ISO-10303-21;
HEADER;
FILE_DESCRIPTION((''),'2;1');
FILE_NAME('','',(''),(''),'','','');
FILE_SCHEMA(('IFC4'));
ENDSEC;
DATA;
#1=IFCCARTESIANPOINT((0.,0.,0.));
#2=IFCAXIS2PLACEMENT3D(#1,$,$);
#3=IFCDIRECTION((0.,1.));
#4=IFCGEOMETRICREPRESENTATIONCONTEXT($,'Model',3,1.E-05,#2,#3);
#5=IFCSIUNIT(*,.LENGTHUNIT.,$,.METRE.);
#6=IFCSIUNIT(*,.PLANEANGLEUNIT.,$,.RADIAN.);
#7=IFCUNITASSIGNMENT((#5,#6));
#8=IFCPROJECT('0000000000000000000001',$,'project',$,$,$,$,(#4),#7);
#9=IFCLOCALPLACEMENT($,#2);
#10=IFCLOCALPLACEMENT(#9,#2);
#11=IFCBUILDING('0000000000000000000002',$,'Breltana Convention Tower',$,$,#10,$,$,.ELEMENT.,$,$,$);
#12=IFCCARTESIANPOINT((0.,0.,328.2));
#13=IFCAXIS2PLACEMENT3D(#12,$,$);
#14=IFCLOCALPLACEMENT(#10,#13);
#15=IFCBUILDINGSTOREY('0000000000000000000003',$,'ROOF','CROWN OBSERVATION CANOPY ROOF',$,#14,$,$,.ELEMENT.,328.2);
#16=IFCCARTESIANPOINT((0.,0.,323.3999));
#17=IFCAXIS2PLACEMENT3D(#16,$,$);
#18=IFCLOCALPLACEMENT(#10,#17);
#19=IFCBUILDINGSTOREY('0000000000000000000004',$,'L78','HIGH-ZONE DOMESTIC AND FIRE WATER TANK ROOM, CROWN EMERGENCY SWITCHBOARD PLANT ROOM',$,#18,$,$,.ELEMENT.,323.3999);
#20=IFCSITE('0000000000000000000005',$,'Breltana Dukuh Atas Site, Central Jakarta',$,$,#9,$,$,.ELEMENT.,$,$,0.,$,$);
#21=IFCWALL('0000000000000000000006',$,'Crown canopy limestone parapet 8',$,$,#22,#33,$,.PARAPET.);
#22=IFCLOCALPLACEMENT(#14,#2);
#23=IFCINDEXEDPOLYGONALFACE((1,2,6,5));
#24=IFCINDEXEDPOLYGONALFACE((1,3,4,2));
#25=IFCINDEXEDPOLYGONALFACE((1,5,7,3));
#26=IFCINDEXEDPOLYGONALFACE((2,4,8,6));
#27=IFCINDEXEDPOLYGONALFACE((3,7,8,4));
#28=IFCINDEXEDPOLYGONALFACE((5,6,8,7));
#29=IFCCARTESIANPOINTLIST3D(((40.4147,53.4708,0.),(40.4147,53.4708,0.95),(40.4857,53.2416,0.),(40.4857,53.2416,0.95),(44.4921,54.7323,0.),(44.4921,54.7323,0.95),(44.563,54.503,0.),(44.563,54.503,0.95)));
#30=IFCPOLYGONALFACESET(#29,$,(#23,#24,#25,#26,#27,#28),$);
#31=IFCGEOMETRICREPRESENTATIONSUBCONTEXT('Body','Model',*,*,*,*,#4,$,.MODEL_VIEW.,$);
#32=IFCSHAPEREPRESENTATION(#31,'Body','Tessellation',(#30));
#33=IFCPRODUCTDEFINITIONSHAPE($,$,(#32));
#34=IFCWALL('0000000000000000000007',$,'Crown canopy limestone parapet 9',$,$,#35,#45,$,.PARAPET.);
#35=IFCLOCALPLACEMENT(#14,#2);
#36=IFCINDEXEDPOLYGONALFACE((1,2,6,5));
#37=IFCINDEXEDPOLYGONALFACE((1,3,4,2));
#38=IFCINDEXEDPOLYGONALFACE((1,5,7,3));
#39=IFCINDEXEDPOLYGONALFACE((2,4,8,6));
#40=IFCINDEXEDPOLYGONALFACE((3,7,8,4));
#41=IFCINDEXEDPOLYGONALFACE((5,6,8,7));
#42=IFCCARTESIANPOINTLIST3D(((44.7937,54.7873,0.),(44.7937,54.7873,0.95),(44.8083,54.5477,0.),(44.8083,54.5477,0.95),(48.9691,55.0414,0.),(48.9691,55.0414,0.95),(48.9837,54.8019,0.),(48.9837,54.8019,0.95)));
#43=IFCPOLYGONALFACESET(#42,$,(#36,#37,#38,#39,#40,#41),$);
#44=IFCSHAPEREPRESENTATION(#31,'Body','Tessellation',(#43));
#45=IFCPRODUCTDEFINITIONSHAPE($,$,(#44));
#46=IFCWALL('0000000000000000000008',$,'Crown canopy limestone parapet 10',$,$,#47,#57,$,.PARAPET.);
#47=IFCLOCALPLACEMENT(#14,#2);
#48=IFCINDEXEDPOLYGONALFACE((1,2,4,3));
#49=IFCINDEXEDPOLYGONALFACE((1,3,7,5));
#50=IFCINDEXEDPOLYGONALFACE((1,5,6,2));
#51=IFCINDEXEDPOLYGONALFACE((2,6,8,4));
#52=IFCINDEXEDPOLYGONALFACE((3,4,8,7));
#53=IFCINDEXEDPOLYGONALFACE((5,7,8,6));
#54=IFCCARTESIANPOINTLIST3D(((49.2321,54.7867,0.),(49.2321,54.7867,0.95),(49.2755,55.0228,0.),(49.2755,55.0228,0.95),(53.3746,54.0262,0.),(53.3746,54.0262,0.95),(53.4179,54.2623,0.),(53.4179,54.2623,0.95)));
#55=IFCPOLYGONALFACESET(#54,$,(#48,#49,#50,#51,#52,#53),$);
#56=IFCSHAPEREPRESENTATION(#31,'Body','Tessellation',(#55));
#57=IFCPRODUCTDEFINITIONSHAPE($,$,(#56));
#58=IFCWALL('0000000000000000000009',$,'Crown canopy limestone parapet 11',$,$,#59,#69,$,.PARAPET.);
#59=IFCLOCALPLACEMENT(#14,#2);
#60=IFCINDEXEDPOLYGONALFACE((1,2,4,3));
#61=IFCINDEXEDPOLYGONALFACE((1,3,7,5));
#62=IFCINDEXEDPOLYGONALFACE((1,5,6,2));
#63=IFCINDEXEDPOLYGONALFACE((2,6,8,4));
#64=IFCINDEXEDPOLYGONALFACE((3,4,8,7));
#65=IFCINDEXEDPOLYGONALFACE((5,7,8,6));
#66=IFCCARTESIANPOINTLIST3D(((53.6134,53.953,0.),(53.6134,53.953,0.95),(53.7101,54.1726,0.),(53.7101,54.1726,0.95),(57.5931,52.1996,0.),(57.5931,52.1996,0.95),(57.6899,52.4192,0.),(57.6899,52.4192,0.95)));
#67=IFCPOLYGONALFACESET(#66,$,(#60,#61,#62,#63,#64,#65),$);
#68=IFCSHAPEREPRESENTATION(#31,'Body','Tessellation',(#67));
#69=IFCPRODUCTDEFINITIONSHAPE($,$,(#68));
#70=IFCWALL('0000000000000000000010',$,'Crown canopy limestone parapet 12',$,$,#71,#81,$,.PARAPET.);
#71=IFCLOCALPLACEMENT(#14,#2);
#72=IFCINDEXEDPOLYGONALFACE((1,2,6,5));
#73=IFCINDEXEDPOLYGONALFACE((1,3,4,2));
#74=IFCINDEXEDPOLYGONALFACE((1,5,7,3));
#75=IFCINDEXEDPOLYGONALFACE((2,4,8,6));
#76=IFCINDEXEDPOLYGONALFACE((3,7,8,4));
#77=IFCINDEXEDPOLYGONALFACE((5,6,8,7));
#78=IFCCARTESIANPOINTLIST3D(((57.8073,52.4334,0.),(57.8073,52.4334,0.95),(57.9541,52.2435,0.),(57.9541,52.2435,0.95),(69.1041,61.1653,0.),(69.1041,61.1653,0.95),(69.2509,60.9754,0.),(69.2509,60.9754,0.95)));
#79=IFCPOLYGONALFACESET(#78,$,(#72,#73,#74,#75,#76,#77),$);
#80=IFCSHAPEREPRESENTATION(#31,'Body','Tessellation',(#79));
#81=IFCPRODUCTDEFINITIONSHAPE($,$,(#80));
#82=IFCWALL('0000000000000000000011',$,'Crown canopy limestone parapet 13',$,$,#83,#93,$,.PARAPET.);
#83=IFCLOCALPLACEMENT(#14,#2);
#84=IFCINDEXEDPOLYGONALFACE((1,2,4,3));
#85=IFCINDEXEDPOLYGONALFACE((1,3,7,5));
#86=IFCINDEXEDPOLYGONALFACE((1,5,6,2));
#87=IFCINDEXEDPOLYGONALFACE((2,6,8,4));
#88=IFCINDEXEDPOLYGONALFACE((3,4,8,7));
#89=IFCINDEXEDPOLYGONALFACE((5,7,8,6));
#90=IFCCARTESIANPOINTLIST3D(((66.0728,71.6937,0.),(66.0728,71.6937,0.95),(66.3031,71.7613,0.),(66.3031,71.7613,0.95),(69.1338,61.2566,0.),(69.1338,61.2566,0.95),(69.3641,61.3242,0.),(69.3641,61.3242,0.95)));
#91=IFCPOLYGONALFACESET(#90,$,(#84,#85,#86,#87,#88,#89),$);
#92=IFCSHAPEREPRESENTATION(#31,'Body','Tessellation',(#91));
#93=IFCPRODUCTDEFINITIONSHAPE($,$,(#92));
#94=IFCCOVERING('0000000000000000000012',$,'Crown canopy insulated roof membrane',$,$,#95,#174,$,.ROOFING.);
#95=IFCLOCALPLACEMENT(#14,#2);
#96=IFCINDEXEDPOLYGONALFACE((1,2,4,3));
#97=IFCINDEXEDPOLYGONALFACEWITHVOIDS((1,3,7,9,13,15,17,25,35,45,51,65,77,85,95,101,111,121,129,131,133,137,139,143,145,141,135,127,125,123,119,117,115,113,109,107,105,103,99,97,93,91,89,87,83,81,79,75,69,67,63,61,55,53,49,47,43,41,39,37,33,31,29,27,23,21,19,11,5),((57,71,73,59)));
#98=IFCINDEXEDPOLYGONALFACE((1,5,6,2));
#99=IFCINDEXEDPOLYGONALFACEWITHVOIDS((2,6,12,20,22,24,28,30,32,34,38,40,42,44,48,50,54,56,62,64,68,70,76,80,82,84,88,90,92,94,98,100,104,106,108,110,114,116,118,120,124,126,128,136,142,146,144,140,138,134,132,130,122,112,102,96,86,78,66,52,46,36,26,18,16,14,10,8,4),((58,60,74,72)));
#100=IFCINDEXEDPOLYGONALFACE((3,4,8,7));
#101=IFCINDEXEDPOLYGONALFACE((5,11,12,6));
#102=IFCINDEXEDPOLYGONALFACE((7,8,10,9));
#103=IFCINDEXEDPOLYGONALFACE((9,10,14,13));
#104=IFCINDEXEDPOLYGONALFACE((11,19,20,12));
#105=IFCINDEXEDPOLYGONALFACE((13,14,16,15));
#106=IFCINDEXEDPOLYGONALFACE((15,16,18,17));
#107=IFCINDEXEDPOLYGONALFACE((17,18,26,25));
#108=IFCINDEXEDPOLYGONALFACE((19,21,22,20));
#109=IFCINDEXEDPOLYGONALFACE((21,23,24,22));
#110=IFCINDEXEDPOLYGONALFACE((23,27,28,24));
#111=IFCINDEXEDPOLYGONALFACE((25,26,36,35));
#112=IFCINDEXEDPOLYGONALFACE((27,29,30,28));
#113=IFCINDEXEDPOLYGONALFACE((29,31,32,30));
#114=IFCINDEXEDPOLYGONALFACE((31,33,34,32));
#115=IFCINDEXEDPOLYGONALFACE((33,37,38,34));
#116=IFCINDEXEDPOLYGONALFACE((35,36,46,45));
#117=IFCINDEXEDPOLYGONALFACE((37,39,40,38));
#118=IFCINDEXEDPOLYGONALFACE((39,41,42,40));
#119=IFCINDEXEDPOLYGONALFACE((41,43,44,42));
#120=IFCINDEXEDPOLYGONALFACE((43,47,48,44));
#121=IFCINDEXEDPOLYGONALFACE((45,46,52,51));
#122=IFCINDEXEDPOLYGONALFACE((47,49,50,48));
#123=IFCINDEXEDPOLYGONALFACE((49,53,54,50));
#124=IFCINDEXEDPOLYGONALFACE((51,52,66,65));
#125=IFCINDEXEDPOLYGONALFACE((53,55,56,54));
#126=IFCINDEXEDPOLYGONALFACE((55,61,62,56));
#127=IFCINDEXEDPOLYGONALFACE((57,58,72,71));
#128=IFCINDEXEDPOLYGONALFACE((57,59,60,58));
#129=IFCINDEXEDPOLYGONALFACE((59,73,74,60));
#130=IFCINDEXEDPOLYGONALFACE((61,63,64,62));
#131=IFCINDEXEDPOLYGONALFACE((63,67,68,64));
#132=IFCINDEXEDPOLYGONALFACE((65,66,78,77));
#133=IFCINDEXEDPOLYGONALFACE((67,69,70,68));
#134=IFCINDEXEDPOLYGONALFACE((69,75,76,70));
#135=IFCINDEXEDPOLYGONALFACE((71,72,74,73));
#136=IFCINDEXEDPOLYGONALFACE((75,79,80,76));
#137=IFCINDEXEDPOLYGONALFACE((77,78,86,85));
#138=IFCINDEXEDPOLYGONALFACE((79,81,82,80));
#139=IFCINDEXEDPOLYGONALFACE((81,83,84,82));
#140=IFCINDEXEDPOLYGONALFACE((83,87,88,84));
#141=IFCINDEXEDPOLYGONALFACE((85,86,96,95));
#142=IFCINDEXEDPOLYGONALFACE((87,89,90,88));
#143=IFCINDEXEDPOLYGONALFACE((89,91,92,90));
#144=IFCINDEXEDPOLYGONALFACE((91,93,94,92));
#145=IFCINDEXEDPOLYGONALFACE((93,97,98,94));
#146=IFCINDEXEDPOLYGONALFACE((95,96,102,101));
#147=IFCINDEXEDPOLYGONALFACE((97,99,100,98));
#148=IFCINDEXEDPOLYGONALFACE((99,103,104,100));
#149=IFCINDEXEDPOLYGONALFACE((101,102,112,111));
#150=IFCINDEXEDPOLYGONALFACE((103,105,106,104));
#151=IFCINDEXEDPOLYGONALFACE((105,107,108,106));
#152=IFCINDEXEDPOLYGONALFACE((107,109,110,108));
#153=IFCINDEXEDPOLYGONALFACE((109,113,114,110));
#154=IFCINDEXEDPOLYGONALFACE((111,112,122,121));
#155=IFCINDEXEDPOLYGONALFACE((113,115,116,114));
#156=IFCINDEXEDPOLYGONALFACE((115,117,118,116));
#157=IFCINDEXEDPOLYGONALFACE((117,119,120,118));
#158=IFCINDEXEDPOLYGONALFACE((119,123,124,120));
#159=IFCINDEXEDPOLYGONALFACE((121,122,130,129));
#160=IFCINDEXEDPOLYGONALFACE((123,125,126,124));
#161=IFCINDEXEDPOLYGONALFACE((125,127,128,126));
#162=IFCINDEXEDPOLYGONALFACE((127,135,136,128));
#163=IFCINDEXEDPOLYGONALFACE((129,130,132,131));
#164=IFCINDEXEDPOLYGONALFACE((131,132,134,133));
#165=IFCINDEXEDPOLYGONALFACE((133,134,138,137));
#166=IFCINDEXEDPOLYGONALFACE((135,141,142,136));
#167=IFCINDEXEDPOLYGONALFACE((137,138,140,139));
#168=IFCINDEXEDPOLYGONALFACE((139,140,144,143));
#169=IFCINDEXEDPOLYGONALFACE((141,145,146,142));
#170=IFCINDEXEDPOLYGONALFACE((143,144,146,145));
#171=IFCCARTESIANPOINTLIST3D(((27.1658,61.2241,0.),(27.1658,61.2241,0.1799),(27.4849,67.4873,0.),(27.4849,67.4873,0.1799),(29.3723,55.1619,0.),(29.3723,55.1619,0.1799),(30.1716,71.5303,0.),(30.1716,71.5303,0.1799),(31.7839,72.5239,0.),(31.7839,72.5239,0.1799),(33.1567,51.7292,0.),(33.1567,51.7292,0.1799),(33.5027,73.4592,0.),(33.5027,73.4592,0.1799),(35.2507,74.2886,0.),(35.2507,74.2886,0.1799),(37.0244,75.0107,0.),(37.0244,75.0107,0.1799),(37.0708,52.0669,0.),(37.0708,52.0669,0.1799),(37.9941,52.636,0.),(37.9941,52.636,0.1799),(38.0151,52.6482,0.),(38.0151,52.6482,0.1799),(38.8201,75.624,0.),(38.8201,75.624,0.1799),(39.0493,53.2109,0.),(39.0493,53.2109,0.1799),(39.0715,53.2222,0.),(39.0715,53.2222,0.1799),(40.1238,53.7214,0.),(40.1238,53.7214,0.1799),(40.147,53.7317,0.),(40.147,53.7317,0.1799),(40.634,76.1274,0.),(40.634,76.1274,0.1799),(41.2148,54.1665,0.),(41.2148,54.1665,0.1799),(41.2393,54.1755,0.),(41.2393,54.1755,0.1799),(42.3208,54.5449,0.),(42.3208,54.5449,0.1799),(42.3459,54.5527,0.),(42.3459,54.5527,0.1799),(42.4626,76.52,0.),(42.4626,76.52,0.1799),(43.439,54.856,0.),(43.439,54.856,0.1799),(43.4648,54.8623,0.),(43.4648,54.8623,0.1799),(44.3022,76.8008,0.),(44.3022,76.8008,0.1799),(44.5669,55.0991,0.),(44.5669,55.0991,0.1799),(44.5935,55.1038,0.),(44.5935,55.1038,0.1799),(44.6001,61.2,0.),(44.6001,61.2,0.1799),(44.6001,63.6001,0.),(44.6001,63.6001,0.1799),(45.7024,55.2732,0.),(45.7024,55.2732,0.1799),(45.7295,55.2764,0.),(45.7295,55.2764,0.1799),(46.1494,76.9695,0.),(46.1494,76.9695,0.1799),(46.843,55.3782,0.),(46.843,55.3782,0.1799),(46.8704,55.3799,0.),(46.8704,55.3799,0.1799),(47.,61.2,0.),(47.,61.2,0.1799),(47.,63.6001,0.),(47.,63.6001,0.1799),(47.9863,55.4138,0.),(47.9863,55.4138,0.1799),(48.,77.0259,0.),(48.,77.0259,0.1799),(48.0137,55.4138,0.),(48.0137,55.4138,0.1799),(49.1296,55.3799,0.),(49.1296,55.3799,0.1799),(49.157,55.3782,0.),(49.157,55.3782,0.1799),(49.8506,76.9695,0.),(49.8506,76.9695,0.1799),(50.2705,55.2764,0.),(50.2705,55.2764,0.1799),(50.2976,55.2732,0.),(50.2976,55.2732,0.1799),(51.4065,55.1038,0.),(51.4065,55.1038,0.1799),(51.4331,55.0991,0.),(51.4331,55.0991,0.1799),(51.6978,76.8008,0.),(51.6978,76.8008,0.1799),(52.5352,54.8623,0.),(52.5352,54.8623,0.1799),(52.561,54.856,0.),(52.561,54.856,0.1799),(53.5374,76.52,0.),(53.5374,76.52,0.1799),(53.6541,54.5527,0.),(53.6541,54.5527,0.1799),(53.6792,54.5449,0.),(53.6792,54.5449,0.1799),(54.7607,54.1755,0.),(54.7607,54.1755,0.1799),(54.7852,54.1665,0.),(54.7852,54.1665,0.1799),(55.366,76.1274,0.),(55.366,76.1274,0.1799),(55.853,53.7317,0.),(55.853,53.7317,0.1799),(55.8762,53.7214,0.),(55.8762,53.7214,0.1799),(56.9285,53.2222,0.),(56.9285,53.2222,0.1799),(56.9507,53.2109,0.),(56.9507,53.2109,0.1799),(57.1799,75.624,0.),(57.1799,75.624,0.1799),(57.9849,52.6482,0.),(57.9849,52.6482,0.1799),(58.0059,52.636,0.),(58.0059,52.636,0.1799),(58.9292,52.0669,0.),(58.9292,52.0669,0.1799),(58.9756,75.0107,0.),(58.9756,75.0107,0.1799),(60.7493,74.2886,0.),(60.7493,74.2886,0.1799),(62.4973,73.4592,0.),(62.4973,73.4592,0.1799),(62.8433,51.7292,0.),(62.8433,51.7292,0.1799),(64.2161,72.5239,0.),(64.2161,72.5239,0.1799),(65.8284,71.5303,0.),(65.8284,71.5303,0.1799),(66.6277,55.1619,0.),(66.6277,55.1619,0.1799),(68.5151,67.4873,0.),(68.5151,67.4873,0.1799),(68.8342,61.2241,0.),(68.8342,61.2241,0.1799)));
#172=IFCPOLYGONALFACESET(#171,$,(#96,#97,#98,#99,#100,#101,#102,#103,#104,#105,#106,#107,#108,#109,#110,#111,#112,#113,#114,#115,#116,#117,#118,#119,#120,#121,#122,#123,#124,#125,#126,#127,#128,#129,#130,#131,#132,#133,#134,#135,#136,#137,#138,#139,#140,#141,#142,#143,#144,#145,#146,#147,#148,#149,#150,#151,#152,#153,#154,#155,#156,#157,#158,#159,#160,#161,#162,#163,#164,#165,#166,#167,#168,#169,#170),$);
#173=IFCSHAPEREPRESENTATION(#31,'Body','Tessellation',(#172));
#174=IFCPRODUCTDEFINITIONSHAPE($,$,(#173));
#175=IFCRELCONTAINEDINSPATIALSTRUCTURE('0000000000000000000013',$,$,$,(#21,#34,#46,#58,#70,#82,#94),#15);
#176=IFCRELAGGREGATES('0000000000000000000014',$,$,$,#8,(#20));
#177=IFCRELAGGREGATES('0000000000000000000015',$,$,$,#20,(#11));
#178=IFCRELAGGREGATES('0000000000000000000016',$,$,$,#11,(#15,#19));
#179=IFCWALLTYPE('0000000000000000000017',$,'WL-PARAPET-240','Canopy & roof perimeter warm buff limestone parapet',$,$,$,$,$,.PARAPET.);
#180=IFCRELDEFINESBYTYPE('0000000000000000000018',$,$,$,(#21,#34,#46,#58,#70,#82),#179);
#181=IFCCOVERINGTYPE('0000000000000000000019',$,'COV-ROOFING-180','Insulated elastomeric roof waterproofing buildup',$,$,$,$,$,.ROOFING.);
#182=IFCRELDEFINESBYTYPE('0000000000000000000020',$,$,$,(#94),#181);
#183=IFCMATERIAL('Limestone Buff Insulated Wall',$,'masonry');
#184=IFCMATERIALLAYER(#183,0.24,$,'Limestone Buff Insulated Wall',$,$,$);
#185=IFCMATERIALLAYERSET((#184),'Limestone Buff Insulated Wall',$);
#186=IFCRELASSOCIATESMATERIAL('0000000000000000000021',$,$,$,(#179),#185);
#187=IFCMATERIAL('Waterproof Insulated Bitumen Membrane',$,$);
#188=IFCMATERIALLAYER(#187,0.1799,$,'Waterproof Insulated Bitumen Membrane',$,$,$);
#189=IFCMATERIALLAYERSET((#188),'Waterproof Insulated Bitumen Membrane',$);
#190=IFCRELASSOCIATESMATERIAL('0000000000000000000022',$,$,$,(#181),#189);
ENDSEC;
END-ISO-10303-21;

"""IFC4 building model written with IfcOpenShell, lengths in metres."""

from ifc_helpers import new_model, si_unit, direction, frame, frame_2d, origin, place, context, subcontext, project, spatial, polyline, rectangle, outline, extrude, source, transform, mapped, material, layer, layer_set, type_object, element, save


model = new_model("IFC4")

# Units and contexts
model_context = context("Model", 3, precision=1e-05, world=origin(), true_north=direction((0.0, 1.0)))
body_context = subcontext(model_context, "Body", "Model", "MODEL_VIEW")
ifc_project = project(units=[si_unit("LENGTHUNIT", "METRE"), si_unit("PLANEANGLEUNIT", "RADIAN")], contexts=[model_context])

# Site, building, storey
site_placement = place(None, origin())
site = spatial("IfcSite", under=ifc_project, at=site_placement, Name="Breltana Dukuh Atas Site, Central Jakarta", CompositionType="ELEMENT", RefElevation=0.0)
building_placement = place(site_placement, origin())
building = spatial("IfcBuilding", under=site, at=building_placement, Name="Breltana Convention Tower", CompositionType="ELEMENT")
storey_1_placement = place(building_placement, frame((0.0, 0.0, 328.2)))
storey_1 = spatial("IfcBuildingStorey", under=building, at=storey_1_placement, Name="ROOF", Description="CROWN OBSERVATION CANOPY ROOF", CompositionType="ELEMENT", Elevation=328.2)

# Shared definitions
storey_2_placement = place(building_placement, frame((0.0, 0.0, 323.3999)))
storey_2 = spatial("IfcBuildingStorey", under=building, at=storey_2_placement, Name="L78", Description="HIGH-ZONE DOMESTIC AND FIRE WATER TANK ROOM, CROWN EMERGENCY SWITCHBOARD PLANT ROOM", CompositionType="ELEMENT", Elevation=323.3999)

# Walls
ifc_material_1 = material(Name="Limestone Buff Insulated Wall", Category="masonry")
ifc_layer_1 = layer(ifc_material_1, 0.24, Name="Limestone Buff Insulated Wall")
ifc_layer_set_1 = layer_set([ifc_layer_1], Name="Limestone Buff Insulated Wall")
wall_type = type_object("IfcWallType", Name="WL-PARAPET-240", Description="Canopy & roof perimeter warm buff limestone parapet", PredefinedType="PARAPET", material=ifc_layer_set_1)
shared_shape_1 = source(origin(), body_context, "Body", "SweptSolid", [
    extrude(rectangle(XDim=4.2681, YDim=0.24, at=frame_2d((2.134, 0.0))), origin(), (0.0, 0.0, 1.0), 0.95),
])
wall_1_placement = place(storey_1_placement, frame((40.4502, 53.3562, 0.0), z_axis=(0.0, 0.0, 1.0), x_axis=(0.955324, 0.295561, 0.0)))
element("IfcWall", 1, at=wall_1_placement, inside=storey_1, type_object=wall_type, Name="Crown canopy limestone parapet 8", PredefinedType="PARAPET", context=body_context, shape_type="MappedRepresentation", body=[
    mapped(shared_shape_1, transform((0.0, 0.0, 0.0), scale=1.0)),
])
shared_shape_2 = source(origin(), body_context, "Body", "SweptSolid", [
    extrude(rectangle(XDim=4.1831, YDim=0.24, at=frame_2d((2.0916, 0.0))), origin(), (0.0, 0.0, 1.0), 0.95),
])
wall_2_placement = place(storey_1_placement, frame((44.801, 54.6675, 0.0), z_axis=(0.0, 0.0, 1.0), x_axis=(0.998153, 0.060758, 0.0)))
element("IfcWall", 2, at=wall_2_placement, inside=storey_1, type_object=wall_type, Name="Crown canopy limestone parapet 9", PredefinedType="PARAPET", context=body_context, shape_type="MappedRepresentation", body=[
    mapped(shared_shape_2, transform((0.0, 0.0, 0.0), scale=1.0)),
])
shared_shape_3 = source(origin(), body_context, "Body", "SweptSolid", [
    extrude(rectangle(XDim=4.2117, YDim=0.24, at=frame_2d((2.106, 0.0))), origin(), (0.0, 0.0, 1.0), 0.95),
])
wall_3_placement = place(storey_1_placement, frame((49.2537, 54.9048, 0.0), z_axis=(0.0, 0.0, 1.0), x_axis=(0.983561, -0.180574, 0.0)))
element("IfcWall", 3, at=wall_3_placement, inside=storey_1, type_object=wall_type, Name="Crown canopy limestone parapet 10", PredefinedType="PARAPET", context=body_context, shape_type="MappedRepresentation", body=[
    mapped(shared_shape_3, transform((0.0, 0.0, 0.0), scale=1.0)),
])
shared_shape_4 = source(origin(), body_context, "Body", "SweptSolid", [
    extrude(rectangle(XDim=4.3489, YDim=0.24, at=frame_2d((2.1743, 0.0))), origin(), (0.0, 0.0, 1.0), 0.95),
])
wall_4_placement = place(storey_1_placement, frame((53.6619, 54.0627, 0.0), z_axis=(0.0, 0.0, 1.0), x_axis=(0.915117, -0.403188, 0.0)))
element("IfcWall", 4, at=wall_4_placement, inside=storey_1, type_object=wall_type, Name="Crown canopy limestone parapet 11", PredefinedType="PARAPET", context=body_context, shape_type="MappedRepresentation", body=[
    mapped(shared_shape_4, transform((0.0, 0.0, 0.0), scale=1.0)),
])
shared_shape_5 = source(origin(), body_context, "Body", "SweptSolid", [
    extrude(rectangle(XDim=14.2781, YDim=0.24, at=frame_2d((7.1392, 0.0))), origin(), (0.0, 0.0, 1.0), 0.95),
])
wall_5_placement = place(storey_1_placement, frame((57.8806, 52.3384, 0.0), z_axis=(0.0, 0.0, 1.0), x_axis=(0.791199, 0.611558, 0.0)))
element("IfcWall", 5, at=wall_5_placement, inside=storey_1, type_object=wall_type, Name="Crown canopy limestone parapet 12", PredefinedType="PARAPET", context=body_context, shape_type="MappedRepresentation", body=[
    mapped(shared_shape_5, transform((0.0, 0.0, 0.0), scale=1.0)),
])
shared_shape_6 = source(origin(), body_context, "Body", "SweptSolid", [
    extrude(rectangle(XDim=10.8767, YDim=0.24, at=frame_2d((5.4385, 0.0))), origin(), (0.0, 0.0, 1.0), 0.95),
])
wall_6_placement = place(storey_1_placement, frame((69.249, 61.2903, 0.0), z_axis=(0.0, 0.0, 1.0), x_axis=(-0.281432, 0.959581, 0.0)))
element("IfcWall", 6, at=wall_6_placement, inside=storey_1, type_object=wall_type, Name="Crown canopy limestone parapet 13", PredefinedType="PARAPET", context=body_context, shape_type="MappedRepresentation", body=[
    mapped(shared_shape_6, transform((0.0, 0.0, 0.0), scale=1.0)),
])

# Covering
ifc_material_2 = material(Name="Waterproof Insulated Bitumen Membrane")
ifc_layer_2 = layer(ifc_material_2, 0.1799, Name="Waterproof Insulated Bitumen Membrane")
ifc_layer_set_2 = layer_set([ifc_layer_2], Name="Waterproof Insulated Bitumen Membrane")
covering_type = type_object("IfcCoveringType", Name="COV-ROOFING-180", Description="Insulated elastomeric roof waterproofing buildup", PredefinedType="ROOFING", material=ifc_layer_set_2)
covering_placement = place(storey_1_placement, origin())
element("IfcCovering", 7, at=covering_placement, inside=storey_1, type_object=covering_type, Name="Crown canopy insulated roof membrane", PredefinedType="ROOFING", context=body_context, shape_type="SweptSolid", body=[
    extrude(outline(polyline([(65.8284, 71.5303), (68.5151, 67.4873), (68.8342, 61.2241), (66.6277, 55.1619), (62.8433, 51.7292), (58.9292, 52.0669), (58.0059, 52.636), (57.9849, 52.6482), (56.9507, 53.2109), (56.9285, 53.2222), (55.8762, 53.7214), (55.853, 53.7317), (54.7852, 54.1665), (54.7607, 54.1755), (53.6792, 54.5449), (53.6541, 54.5527), (52.561, 54.856), (52.5352, 54.8623), (51.4331, 55.0991), (51.4065, 55.1038), (50.2976, 55.2732), (50.2705, 55.2764), (49.157, 55.3782), (49.1296, 55.3799), (48.0137, 55.4138), (47.9863, 55.4138), (46.8704, 55.3799), (46.843, 55.3782), (45.7295, 55.2764), (45.7024, 55.2732), (44.5935, 55.1038), (44.5669, 55.0991), (43.4648, 54.8623), (43.439, 54.856), (42.3459, 54.5527), (42.3208, 54.5449), (41.2393, 54.1755), (41.2148, 54.1665), (40.147, 53.7317), (40.1238, 53.7214), (39.0715, 53.2222), (39.0493, 53.2109), (38.0151, 52.6482), (37.9941, 52.636), (37.0708, 52.0669), (33.1567, 51.7292), (29.3723, 55.1619), (27.1658, 61.2241), (27.4849, 67.4873), (30.1716, 71.5303), (31.7839, 72.5239), (33.5027, 73.4592), (35.2507, 74.2886), (37.0244, 75.0107), (38.8201, 75.624), (40.634, 76.1274), (42.4626, 76.52), (44.3022, 76.8008), (46.1494, 76.9695), (48.0, 77.0259), (49.8506, 76.9695), (51.6978, 76.8008), (53.5374, 76.52), (55.366, 76.1274), (57.1799, 75.624), (58.9756, 75.0107), (60.7493, 74.2886), (62.4973, 73.4592), (64.2161, 72.5239), (65.8284, 71.5303)]), holes=[polyline([(44.6001, 61.2), (47.0, 61.2), (47.0, 63.6001), (44.6001, 63.6001), (44.6001, 61.2)])]), origin(), (0.0, 0.0, 1.0), 0.1799),
])

save(model, "model.ifc")
